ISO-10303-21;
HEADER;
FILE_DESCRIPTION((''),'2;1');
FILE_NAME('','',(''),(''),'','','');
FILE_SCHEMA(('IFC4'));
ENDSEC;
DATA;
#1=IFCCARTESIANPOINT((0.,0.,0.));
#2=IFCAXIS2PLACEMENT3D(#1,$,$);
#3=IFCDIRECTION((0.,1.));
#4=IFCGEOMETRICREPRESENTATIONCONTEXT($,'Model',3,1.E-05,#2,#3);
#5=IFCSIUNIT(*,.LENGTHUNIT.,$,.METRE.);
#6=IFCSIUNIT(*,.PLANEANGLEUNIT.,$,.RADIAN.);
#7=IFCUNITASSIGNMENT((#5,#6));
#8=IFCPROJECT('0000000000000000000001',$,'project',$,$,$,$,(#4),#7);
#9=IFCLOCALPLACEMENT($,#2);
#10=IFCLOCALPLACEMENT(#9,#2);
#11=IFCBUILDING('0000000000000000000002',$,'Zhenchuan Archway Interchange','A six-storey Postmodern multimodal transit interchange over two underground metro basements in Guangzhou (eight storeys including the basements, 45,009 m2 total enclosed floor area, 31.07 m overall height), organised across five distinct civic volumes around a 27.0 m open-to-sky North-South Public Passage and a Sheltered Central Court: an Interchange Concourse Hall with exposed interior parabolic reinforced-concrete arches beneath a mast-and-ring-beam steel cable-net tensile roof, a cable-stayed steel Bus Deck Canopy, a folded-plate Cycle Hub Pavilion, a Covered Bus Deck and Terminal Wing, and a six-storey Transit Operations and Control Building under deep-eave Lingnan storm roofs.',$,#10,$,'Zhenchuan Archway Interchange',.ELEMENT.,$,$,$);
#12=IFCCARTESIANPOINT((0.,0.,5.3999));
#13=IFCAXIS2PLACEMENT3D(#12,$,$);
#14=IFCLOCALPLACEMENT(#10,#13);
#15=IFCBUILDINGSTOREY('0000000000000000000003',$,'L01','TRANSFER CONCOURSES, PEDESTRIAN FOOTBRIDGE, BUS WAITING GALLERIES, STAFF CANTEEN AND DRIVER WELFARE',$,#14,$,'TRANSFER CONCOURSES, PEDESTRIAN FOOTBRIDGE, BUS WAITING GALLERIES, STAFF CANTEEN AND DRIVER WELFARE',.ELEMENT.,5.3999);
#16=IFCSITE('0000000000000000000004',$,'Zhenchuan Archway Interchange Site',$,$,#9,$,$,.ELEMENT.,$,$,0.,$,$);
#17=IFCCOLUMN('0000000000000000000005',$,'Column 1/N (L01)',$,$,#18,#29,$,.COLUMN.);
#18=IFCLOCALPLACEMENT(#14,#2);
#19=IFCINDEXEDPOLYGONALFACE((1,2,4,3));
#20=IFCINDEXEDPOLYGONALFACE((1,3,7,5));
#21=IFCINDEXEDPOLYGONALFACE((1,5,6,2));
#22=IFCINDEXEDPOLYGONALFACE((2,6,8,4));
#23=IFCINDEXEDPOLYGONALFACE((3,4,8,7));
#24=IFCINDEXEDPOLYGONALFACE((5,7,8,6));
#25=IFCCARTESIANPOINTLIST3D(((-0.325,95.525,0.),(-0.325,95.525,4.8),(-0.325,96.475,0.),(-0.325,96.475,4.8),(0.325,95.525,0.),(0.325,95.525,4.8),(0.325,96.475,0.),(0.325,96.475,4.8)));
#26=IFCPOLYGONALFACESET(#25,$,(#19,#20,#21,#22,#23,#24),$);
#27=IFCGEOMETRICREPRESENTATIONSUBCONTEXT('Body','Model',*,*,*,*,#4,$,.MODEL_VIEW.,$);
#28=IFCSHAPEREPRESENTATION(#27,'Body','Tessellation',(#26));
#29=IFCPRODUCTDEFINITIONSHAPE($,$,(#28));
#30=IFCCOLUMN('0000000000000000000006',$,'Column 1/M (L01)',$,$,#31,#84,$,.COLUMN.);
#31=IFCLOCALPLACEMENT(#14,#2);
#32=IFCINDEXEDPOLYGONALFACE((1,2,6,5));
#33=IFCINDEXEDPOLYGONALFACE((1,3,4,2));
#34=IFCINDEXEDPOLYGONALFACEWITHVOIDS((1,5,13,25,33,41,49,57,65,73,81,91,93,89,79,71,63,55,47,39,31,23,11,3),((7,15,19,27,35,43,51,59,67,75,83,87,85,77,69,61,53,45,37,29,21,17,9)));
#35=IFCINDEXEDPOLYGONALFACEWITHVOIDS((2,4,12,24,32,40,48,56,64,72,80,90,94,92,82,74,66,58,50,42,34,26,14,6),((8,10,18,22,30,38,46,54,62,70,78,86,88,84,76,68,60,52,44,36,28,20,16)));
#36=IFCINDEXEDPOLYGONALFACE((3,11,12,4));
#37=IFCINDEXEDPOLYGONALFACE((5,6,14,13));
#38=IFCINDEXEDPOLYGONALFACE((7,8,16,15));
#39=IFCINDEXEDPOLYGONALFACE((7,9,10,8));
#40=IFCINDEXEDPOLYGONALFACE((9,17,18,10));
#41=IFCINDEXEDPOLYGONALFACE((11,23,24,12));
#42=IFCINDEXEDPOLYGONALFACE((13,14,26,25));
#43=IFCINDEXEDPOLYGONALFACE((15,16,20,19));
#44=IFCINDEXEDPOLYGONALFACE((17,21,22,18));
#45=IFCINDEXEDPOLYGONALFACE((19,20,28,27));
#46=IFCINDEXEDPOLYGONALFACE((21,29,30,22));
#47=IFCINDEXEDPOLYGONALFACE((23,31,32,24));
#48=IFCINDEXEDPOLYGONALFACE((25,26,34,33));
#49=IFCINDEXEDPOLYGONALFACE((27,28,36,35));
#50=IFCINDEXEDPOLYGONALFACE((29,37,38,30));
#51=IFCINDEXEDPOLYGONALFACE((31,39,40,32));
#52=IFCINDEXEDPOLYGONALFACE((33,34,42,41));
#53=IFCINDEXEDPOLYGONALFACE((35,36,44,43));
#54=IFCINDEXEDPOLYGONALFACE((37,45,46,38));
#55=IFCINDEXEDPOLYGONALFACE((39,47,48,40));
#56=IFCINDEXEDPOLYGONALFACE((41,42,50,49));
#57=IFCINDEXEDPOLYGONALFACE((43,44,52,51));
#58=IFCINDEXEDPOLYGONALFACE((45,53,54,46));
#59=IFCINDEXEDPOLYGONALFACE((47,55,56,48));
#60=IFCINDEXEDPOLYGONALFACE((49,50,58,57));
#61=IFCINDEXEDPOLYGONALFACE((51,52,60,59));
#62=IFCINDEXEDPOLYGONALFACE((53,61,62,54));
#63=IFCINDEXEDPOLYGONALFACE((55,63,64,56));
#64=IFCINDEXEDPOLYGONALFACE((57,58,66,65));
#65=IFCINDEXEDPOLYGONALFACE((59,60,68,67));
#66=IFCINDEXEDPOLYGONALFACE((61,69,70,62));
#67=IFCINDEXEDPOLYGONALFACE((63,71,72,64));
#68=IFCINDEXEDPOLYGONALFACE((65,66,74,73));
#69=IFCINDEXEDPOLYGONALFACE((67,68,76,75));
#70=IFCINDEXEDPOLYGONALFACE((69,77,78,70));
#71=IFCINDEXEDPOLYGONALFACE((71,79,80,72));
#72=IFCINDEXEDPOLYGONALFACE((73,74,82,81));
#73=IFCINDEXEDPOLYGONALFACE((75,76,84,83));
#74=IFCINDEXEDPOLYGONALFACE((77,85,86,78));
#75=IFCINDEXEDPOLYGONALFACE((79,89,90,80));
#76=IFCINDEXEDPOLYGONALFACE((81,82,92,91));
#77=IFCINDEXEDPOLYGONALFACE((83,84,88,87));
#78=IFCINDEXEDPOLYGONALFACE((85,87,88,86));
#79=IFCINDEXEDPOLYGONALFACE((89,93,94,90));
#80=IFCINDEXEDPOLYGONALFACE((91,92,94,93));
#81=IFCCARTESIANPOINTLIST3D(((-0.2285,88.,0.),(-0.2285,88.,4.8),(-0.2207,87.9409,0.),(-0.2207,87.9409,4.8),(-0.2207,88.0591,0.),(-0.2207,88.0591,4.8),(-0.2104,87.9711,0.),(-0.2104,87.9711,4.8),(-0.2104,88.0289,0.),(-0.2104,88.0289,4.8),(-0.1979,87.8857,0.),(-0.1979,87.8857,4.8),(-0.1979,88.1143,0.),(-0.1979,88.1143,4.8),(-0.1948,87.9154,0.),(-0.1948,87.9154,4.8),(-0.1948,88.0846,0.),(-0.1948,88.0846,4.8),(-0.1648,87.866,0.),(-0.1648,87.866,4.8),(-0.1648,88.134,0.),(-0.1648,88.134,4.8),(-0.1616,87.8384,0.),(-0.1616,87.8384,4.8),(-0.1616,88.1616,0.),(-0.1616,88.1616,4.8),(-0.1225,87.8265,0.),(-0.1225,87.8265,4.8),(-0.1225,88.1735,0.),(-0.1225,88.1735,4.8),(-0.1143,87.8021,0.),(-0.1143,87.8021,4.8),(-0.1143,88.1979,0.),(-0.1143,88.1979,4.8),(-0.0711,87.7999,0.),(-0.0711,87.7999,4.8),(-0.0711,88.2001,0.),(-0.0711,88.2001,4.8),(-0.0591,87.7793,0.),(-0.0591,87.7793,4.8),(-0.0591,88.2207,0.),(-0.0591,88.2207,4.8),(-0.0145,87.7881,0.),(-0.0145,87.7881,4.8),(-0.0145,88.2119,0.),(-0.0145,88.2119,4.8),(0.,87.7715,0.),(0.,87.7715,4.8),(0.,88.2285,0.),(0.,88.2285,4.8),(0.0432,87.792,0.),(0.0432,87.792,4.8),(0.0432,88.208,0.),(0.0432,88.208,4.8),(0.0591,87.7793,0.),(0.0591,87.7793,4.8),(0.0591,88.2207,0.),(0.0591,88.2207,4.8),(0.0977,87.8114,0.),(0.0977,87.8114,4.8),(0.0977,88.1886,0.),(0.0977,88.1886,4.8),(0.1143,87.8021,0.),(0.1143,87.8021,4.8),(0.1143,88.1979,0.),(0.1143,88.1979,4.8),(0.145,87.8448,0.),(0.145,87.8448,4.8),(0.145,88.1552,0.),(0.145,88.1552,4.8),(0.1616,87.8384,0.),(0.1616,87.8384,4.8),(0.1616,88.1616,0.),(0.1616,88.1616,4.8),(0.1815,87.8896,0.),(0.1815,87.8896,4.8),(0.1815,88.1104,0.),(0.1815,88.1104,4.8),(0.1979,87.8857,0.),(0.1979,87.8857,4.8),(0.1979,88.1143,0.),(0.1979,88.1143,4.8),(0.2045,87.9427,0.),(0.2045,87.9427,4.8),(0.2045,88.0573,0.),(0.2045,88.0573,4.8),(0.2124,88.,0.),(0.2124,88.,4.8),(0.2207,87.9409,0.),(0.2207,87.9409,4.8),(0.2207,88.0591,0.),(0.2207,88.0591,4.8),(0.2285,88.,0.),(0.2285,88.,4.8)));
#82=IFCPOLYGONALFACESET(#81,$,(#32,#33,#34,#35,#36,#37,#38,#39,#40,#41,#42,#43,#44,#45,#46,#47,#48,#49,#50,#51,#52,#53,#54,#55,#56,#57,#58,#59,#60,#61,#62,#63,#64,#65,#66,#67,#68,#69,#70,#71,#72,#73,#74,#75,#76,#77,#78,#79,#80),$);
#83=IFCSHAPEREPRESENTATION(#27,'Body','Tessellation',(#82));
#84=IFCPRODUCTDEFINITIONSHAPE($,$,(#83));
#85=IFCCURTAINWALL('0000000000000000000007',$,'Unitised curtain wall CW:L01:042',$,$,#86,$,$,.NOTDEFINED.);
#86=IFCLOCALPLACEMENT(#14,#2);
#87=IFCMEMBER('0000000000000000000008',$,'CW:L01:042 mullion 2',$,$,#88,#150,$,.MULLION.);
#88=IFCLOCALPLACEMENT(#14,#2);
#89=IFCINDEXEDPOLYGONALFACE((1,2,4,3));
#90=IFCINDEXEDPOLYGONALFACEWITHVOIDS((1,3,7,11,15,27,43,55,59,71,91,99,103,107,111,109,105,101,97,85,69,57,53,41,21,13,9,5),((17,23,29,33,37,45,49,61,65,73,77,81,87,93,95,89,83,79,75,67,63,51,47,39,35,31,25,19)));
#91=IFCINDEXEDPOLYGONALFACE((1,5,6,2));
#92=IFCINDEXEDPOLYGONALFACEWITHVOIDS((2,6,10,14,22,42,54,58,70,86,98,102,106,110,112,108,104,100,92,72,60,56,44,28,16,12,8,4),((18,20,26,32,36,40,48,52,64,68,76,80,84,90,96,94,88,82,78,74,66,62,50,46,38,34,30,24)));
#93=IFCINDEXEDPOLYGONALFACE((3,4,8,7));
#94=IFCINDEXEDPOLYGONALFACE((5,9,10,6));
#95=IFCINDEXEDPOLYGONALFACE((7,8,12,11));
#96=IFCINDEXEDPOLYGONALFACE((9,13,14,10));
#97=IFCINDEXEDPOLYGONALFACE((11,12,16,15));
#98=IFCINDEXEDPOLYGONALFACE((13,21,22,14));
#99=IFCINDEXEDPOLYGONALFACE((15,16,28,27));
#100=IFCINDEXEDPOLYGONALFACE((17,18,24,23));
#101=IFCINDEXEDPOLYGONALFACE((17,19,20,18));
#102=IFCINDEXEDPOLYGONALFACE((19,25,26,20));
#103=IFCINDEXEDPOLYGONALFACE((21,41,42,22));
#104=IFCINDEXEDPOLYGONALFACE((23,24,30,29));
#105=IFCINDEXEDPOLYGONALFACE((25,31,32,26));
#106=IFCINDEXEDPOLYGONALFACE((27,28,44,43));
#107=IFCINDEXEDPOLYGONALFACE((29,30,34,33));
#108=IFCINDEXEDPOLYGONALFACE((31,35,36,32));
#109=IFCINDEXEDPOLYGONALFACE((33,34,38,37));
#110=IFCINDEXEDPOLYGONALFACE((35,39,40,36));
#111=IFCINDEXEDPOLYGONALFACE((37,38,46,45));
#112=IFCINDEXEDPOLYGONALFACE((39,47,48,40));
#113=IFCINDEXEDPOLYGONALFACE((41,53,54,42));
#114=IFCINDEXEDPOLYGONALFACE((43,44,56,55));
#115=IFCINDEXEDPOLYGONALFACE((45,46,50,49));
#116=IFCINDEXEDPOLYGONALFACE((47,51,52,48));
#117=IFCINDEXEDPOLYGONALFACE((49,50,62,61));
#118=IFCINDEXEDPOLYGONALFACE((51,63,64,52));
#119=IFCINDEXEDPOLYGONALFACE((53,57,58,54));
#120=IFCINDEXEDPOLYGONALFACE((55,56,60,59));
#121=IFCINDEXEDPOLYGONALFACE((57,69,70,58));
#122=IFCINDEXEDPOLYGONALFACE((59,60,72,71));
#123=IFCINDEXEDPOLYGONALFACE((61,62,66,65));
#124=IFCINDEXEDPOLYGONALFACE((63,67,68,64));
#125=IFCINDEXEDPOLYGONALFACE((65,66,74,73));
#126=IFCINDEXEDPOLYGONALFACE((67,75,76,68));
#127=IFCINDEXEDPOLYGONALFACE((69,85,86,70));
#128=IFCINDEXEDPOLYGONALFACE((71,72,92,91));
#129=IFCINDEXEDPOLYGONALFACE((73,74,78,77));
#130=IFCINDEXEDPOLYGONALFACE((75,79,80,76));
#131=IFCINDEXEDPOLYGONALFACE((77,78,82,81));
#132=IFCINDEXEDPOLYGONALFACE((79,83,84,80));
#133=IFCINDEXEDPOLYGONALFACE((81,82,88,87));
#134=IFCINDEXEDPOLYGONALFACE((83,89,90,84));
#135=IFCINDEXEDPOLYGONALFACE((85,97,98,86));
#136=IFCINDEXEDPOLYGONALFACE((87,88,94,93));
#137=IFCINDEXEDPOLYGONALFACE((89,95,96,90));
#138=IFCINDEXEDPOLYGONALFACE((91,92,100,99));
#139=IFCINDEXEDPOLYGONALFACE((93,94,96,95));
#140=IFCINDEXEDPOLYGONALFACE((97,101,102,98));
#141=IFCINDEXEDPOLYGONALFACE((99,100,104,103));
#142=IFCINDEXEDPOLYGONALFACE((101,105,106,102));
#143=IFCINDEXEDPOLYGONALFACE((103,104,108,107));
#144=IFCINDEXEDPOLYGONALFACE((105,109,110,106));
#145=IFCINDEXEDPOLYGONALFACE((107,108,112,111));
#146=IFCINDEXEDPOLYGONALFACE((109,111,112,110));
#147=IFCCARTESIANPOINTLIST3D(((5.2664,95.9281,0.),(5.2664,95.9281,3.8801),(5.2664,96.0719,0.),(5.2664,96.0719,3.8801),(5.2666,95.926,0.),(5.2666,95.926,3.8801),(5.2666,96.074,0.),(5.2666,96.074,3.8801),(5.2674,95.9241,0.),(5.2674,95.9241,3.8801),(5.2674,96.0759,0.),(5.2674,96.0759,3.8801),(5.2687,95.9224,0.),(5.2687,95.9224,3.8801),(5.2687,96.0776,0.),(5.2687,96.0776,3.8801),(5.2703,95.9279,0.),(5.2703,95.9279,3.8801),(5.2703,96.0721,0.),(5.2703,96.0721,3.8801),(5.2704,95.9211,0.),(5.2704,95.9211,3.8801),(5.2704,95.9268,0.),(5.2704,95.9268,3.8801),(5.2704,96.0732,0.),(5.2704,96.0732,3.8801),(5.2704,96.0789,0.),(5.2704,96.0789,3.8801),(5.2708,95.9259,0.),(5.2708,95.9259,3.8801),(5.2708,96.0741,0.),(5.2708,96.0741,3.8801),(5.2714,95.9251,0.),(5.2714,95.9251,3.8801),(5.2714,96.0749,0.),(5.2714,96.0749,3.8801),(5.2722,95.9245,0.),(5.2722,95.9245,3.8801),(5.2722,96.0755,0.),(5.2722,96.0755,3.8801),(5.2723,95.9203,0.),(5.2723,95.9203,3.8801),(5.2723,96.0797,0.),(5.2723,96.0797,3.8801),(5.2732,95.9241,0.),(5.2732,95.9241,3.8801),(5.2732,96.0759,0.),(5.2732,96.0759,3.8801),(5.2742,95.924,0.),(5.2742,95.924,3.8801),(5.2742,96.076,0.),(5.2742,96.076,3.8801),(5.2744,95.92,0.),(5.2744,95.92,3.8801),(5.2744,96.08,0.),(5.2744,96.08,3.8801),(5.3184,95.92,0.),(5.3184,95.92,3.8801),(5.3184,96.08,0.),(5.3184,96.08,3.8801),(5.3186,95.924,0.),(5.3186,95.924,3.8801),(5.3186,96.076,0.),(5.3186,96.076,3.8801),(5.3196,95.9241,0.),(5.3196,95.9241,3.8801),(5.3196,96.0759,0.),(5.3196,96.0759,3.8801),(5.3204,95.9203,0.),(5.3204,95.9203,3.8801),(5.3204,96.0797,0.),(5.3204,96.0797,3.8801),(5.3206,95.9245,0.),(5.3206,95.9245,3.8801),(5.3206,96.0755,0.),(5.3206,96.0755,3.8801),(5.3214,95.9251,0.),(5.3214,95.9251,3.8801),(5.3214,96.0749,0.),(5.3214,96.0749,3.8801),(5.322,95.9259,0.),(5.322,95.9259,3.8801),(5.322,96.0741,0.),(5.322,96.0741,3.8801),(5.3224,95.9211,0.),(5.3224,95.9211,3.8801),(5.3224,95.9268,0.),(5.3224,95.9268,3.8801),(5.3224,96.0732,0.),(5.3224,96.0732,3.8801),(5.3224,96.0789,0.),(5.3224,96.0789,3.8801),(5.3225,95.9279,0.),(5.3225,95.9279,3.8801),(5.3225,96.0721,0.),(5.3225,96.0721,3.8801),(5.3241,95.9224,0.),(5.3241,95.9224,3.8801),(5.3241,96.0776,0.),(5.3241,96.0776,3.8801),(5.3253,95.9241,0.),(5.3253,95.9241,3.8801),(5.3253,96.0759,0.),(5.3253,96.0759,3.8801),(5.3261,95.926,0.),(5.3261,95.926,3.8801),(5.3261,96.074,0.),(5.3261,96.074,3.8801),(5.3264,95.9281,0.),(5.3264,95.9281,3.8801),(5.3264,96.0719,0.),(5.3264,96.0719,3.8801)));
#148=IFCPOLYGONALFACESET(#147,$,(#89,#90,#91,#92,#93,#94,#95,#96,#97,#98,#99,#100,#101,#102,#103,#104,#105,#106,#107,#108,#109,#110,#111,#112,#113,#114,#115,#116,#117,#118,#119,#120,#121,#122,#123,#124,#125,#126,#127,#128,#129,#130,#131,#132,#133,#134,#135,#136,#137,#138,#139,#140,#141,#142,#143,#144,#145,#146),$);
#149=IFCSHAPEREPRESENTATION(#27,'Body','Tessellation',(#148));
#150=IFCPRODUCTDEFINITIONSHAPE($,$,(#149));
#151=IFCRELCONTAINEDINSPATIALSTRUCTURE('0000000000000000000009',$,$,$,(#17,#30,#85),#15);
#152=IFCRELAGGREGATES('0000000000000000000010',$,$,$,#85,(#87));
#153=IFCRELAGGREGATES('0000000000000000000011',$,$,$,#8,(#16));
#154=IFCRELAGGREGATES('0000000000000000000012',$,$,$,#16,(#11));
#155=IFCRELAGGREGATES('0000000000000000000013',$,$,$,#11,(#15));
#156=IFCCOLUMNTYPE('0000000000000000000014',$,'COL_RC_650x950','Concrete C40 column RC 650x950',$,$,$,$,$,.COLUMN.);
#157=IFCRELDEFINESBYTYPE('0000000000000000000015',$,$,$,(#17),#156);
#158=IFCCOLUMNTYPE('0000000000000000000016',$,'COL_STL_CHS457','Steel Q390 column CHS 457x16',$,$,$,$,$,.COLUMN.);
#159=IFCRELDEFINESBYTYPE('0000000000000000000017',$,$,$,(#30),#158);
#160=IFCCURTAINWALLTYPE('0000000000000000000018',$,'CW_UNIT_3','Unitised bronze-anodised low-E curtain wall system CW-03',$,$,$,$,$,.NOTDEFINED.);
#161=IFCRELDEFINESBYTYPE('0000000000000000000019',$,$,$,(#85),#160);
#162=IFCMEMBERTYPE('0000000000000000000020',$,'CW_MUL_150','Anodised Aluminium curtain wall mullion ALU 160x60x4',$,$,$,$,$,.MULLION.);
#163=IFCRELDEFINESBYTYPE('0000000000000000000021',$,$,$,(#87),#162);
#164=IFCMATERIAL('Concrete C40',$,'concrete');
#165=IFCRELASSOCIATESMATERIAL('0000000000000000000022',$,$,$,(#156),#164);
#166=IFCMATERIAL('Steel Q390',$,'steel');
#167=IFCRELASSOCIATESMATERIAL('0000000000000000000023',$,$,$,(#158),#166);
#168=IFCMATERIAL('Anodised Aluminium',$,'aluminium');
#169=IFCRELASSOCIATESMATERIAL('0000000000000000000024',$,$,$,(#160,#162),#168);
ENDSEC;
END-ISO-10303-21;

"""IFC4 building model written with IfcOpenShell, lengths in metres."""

from ifc_helpers import new_model, si_unit, direction, frame, origin, origin_2d, place, context, subcontext, project, spatial, rectangle, hollow_rectangle, hollow_circle, extrude, material, material_profile, profile_set, type_object, element, aggregate, save


model = new_model("IFC4")

# Units and contexts
model_context = context("Model", 3, precision=1e-05, world=origin(), true_north=direction((0.0, 1.0)))
body_context = subcontext(model_context, "Body", "Model", "MODEL_VIEW")
ifc_project = project(units=[si_unit("LENGTHUNIT", "METRE"), si_unit("PLANEANGLEUNIT", "RADIAN")], contexts=[model_context])

# Site, building, storey
site_placement = place(None, origin())
site = spatial("IfcSite", under=ifc_project, at=site_placement, Name="Zhenchuan Archway Interchange Site", CompositionType="ELEMENT", RefElevation=0.0)
building_placement = place(site_placement, origin())
building = spatial("IfcBuilding", under=site, at=building_placement, Name="Zhenchuan Archway Interchange", Description="A six-storey Postmodern multimodal transit interchange over two underground metro basements in Guangzhou (eight storeys including the basements, 45,009 m2 total enclosed floor area, 31.07 m overall height), organised across five distinct civic volumes around a 27.0 m open-to-sky North-South Public Passage and a Sheltered Central Court: an Interchange Concourse Hall with exposed interior parabolic reinforced-concrete arches beneath a mast-and-ring-beam steel cable-net tensile roof, a cable-stayed steel Bus Deck Canopy, a folded-plate Cycle Hub Pavilion, a Covered Bus Deck and Terminal Wing, and a six-storey Transit Operations and Control Building under deep-eave Lingnan storm roofs.", LongName="Zhenchuan Archway Interchange", CompositionType="ELEMENT")
storey_placement = place(building_placement, frame((0.0, 0.0, 5.3999)))
storey = spatial("IfcBuildingStorey", under=building, at=storey_placement, Name="L01", Description="TRANSFER CONCOURSES, PEDESTRIAN FOOTBRIDGE, BUS WAITING GALLERIES, STAFF CANTEEN AND DRIVER WELFARE", LongName="TRANSFER CONCOURSES, PEDESTRIAN FOOTBRIDGE, BUS WAITING GALLERIES, STAFF CANTEEN AND DRIVER WELFARE", CompositionType="ELEMENT", Elevation=5.3999)

# Columns
ifc_material_1 = material(Name="Concrete C40", Category="concrete")
ifc_material_profile_1 = material_profile(ifc_material_1, rectangle(XDim=0.6499, YDim=0.95, at=origin_2d()), Name="RC 650x950")
ifc_profile_set_1 = profile_set([ifc_material_profile_1], Name="Concrete C40")
column_type_1 = type_object("IfcColumnType", Name="COL_RC_650x950", Description="Concrete C40 column RC 650x950", PredefinedType="COLUMN", material=ifc_profile_set_1)
column_1_placement = place(storey_placement, frame((0.0, 96.0, 0.0), z_axis=(0.0, 0.0, 1.0), x_axis=(1.0, 0.0, 0.0)))
element("IfcColumn", 1, at=column_1_placement, inside=storey, type_object=column_type_1, Name="Column 1/N (L01)", PredefinedType="COLUMN", context=body_context, shape_type="SweptSolid", body=[
    extrude(rectangle(XDim=0.6499, YDim=0.95, at=origin_2d()), origin(), (0.0, 0.0, 1.0), 4.8),
])
ifc_material_2 = material(Name="Steel Q390", Category="steel")
ifc_material_profile_2 = material_profile(ifc_material_2, hollow_circle(Radius=0.2285, WallThickness=0.0161, at=origin_2d()), Name="CHS 457x16")
ifc_profile_set_2 = profile_set([ifc_material_profile_2], Name="Steel Q390")
column_type_2 = type_object("IfcColumnType", Name="COL_STL_CHS457", Description="Steel Q390 column CHS 457x16", PredefinedType="COLUMN", material=ifc_profile_set_2)
column_2_placement = place(storey_placement, frame((0.0, 88.0, 0.0), z_axis=(0.0, 0.0, 1.0), x_axis=(1.0, 0.0, 0.0)))
element("IfcColumn", 2, at=column_2_placement, inside=storey, type_object=column_type_2, Name="Column 1/M (L01)", PredefinedType="COLUMN", context=body_context, shape_type="SweptSolid", body=[
    extrude(hollow_circle(Radius=0.2285, WallThickness=0.0161, at=origin_2d()), origin(), (0.0, 0.0, 1.0), 4.8),
])

# Curtain wall, member
ifc_material_3 = material(Name="Anodised Aluminium", Category="aluminium")
curtain_wall_type = type_object("IfcCurtainWallType", Name="CW_UNIT_3", Description="Unitised bronze-anodised low-E curtain wall system CW-03", PredefinedType="NOTDEFINED", material=ifc_material_3)
curtain_wall_placement = place(storey_placement, origin())
curtain_wall = element("IfcCurtainWall", 3, at=curtain_wall_placement, inside=storey, type_object=curtain_wall_type, Name="Unitised curtain wall CW:L01:042", PredefinedType="NOTDEFINED")
ifc_material_profile_3 = material_profile(ifc_material_3, hollow_rectangle(XDim=0.0601, YDim=0.1599, WallThickness=0.0039, InnerFilletRadius=0.0039, OuterFilletRadius=0.0081, at=origin_2d()), Name="ALU 160x60x4")
ifc_profile_set_3 = profile_set([ifc_material_profile_3], Name="Anodised Aluminium")
member_type_1 = type_object("IfcMemberType", Name="CW_MUL_150", Description="Anodised Aluminium curtain wall mullion ALU 160x60x4", PredefinedType="MULLION", material=ifc_profile_set_3)
member_1_placement = place(storey_placement, frame((5.2964, 96.0, 0.0), z_axis=(0.0, 0.0, 1.0), x_axis=(1.0, 0.0, 0.0)))
member_1 = element("IfcMember", 4, at=member_1_placement, type_object=member_type_1, Name="CW:L01:042 mullion 2", PredefinedType="MULLION", context=body_context, shape_type="SweptSolid", body=[
    extrude(hollow_rectangle(XDim=0.0601, YDim=0.1599, WallThickness=0.0039, InnerFilletRadius=0.0039, OuterFilletRadius=0.0081, at=origin_2d()), origin(), (0.0, 0.0, 1.0), 3.8801),
])

aggregate(curtain_wall, [member_1])

save(model, "model.ifc")
